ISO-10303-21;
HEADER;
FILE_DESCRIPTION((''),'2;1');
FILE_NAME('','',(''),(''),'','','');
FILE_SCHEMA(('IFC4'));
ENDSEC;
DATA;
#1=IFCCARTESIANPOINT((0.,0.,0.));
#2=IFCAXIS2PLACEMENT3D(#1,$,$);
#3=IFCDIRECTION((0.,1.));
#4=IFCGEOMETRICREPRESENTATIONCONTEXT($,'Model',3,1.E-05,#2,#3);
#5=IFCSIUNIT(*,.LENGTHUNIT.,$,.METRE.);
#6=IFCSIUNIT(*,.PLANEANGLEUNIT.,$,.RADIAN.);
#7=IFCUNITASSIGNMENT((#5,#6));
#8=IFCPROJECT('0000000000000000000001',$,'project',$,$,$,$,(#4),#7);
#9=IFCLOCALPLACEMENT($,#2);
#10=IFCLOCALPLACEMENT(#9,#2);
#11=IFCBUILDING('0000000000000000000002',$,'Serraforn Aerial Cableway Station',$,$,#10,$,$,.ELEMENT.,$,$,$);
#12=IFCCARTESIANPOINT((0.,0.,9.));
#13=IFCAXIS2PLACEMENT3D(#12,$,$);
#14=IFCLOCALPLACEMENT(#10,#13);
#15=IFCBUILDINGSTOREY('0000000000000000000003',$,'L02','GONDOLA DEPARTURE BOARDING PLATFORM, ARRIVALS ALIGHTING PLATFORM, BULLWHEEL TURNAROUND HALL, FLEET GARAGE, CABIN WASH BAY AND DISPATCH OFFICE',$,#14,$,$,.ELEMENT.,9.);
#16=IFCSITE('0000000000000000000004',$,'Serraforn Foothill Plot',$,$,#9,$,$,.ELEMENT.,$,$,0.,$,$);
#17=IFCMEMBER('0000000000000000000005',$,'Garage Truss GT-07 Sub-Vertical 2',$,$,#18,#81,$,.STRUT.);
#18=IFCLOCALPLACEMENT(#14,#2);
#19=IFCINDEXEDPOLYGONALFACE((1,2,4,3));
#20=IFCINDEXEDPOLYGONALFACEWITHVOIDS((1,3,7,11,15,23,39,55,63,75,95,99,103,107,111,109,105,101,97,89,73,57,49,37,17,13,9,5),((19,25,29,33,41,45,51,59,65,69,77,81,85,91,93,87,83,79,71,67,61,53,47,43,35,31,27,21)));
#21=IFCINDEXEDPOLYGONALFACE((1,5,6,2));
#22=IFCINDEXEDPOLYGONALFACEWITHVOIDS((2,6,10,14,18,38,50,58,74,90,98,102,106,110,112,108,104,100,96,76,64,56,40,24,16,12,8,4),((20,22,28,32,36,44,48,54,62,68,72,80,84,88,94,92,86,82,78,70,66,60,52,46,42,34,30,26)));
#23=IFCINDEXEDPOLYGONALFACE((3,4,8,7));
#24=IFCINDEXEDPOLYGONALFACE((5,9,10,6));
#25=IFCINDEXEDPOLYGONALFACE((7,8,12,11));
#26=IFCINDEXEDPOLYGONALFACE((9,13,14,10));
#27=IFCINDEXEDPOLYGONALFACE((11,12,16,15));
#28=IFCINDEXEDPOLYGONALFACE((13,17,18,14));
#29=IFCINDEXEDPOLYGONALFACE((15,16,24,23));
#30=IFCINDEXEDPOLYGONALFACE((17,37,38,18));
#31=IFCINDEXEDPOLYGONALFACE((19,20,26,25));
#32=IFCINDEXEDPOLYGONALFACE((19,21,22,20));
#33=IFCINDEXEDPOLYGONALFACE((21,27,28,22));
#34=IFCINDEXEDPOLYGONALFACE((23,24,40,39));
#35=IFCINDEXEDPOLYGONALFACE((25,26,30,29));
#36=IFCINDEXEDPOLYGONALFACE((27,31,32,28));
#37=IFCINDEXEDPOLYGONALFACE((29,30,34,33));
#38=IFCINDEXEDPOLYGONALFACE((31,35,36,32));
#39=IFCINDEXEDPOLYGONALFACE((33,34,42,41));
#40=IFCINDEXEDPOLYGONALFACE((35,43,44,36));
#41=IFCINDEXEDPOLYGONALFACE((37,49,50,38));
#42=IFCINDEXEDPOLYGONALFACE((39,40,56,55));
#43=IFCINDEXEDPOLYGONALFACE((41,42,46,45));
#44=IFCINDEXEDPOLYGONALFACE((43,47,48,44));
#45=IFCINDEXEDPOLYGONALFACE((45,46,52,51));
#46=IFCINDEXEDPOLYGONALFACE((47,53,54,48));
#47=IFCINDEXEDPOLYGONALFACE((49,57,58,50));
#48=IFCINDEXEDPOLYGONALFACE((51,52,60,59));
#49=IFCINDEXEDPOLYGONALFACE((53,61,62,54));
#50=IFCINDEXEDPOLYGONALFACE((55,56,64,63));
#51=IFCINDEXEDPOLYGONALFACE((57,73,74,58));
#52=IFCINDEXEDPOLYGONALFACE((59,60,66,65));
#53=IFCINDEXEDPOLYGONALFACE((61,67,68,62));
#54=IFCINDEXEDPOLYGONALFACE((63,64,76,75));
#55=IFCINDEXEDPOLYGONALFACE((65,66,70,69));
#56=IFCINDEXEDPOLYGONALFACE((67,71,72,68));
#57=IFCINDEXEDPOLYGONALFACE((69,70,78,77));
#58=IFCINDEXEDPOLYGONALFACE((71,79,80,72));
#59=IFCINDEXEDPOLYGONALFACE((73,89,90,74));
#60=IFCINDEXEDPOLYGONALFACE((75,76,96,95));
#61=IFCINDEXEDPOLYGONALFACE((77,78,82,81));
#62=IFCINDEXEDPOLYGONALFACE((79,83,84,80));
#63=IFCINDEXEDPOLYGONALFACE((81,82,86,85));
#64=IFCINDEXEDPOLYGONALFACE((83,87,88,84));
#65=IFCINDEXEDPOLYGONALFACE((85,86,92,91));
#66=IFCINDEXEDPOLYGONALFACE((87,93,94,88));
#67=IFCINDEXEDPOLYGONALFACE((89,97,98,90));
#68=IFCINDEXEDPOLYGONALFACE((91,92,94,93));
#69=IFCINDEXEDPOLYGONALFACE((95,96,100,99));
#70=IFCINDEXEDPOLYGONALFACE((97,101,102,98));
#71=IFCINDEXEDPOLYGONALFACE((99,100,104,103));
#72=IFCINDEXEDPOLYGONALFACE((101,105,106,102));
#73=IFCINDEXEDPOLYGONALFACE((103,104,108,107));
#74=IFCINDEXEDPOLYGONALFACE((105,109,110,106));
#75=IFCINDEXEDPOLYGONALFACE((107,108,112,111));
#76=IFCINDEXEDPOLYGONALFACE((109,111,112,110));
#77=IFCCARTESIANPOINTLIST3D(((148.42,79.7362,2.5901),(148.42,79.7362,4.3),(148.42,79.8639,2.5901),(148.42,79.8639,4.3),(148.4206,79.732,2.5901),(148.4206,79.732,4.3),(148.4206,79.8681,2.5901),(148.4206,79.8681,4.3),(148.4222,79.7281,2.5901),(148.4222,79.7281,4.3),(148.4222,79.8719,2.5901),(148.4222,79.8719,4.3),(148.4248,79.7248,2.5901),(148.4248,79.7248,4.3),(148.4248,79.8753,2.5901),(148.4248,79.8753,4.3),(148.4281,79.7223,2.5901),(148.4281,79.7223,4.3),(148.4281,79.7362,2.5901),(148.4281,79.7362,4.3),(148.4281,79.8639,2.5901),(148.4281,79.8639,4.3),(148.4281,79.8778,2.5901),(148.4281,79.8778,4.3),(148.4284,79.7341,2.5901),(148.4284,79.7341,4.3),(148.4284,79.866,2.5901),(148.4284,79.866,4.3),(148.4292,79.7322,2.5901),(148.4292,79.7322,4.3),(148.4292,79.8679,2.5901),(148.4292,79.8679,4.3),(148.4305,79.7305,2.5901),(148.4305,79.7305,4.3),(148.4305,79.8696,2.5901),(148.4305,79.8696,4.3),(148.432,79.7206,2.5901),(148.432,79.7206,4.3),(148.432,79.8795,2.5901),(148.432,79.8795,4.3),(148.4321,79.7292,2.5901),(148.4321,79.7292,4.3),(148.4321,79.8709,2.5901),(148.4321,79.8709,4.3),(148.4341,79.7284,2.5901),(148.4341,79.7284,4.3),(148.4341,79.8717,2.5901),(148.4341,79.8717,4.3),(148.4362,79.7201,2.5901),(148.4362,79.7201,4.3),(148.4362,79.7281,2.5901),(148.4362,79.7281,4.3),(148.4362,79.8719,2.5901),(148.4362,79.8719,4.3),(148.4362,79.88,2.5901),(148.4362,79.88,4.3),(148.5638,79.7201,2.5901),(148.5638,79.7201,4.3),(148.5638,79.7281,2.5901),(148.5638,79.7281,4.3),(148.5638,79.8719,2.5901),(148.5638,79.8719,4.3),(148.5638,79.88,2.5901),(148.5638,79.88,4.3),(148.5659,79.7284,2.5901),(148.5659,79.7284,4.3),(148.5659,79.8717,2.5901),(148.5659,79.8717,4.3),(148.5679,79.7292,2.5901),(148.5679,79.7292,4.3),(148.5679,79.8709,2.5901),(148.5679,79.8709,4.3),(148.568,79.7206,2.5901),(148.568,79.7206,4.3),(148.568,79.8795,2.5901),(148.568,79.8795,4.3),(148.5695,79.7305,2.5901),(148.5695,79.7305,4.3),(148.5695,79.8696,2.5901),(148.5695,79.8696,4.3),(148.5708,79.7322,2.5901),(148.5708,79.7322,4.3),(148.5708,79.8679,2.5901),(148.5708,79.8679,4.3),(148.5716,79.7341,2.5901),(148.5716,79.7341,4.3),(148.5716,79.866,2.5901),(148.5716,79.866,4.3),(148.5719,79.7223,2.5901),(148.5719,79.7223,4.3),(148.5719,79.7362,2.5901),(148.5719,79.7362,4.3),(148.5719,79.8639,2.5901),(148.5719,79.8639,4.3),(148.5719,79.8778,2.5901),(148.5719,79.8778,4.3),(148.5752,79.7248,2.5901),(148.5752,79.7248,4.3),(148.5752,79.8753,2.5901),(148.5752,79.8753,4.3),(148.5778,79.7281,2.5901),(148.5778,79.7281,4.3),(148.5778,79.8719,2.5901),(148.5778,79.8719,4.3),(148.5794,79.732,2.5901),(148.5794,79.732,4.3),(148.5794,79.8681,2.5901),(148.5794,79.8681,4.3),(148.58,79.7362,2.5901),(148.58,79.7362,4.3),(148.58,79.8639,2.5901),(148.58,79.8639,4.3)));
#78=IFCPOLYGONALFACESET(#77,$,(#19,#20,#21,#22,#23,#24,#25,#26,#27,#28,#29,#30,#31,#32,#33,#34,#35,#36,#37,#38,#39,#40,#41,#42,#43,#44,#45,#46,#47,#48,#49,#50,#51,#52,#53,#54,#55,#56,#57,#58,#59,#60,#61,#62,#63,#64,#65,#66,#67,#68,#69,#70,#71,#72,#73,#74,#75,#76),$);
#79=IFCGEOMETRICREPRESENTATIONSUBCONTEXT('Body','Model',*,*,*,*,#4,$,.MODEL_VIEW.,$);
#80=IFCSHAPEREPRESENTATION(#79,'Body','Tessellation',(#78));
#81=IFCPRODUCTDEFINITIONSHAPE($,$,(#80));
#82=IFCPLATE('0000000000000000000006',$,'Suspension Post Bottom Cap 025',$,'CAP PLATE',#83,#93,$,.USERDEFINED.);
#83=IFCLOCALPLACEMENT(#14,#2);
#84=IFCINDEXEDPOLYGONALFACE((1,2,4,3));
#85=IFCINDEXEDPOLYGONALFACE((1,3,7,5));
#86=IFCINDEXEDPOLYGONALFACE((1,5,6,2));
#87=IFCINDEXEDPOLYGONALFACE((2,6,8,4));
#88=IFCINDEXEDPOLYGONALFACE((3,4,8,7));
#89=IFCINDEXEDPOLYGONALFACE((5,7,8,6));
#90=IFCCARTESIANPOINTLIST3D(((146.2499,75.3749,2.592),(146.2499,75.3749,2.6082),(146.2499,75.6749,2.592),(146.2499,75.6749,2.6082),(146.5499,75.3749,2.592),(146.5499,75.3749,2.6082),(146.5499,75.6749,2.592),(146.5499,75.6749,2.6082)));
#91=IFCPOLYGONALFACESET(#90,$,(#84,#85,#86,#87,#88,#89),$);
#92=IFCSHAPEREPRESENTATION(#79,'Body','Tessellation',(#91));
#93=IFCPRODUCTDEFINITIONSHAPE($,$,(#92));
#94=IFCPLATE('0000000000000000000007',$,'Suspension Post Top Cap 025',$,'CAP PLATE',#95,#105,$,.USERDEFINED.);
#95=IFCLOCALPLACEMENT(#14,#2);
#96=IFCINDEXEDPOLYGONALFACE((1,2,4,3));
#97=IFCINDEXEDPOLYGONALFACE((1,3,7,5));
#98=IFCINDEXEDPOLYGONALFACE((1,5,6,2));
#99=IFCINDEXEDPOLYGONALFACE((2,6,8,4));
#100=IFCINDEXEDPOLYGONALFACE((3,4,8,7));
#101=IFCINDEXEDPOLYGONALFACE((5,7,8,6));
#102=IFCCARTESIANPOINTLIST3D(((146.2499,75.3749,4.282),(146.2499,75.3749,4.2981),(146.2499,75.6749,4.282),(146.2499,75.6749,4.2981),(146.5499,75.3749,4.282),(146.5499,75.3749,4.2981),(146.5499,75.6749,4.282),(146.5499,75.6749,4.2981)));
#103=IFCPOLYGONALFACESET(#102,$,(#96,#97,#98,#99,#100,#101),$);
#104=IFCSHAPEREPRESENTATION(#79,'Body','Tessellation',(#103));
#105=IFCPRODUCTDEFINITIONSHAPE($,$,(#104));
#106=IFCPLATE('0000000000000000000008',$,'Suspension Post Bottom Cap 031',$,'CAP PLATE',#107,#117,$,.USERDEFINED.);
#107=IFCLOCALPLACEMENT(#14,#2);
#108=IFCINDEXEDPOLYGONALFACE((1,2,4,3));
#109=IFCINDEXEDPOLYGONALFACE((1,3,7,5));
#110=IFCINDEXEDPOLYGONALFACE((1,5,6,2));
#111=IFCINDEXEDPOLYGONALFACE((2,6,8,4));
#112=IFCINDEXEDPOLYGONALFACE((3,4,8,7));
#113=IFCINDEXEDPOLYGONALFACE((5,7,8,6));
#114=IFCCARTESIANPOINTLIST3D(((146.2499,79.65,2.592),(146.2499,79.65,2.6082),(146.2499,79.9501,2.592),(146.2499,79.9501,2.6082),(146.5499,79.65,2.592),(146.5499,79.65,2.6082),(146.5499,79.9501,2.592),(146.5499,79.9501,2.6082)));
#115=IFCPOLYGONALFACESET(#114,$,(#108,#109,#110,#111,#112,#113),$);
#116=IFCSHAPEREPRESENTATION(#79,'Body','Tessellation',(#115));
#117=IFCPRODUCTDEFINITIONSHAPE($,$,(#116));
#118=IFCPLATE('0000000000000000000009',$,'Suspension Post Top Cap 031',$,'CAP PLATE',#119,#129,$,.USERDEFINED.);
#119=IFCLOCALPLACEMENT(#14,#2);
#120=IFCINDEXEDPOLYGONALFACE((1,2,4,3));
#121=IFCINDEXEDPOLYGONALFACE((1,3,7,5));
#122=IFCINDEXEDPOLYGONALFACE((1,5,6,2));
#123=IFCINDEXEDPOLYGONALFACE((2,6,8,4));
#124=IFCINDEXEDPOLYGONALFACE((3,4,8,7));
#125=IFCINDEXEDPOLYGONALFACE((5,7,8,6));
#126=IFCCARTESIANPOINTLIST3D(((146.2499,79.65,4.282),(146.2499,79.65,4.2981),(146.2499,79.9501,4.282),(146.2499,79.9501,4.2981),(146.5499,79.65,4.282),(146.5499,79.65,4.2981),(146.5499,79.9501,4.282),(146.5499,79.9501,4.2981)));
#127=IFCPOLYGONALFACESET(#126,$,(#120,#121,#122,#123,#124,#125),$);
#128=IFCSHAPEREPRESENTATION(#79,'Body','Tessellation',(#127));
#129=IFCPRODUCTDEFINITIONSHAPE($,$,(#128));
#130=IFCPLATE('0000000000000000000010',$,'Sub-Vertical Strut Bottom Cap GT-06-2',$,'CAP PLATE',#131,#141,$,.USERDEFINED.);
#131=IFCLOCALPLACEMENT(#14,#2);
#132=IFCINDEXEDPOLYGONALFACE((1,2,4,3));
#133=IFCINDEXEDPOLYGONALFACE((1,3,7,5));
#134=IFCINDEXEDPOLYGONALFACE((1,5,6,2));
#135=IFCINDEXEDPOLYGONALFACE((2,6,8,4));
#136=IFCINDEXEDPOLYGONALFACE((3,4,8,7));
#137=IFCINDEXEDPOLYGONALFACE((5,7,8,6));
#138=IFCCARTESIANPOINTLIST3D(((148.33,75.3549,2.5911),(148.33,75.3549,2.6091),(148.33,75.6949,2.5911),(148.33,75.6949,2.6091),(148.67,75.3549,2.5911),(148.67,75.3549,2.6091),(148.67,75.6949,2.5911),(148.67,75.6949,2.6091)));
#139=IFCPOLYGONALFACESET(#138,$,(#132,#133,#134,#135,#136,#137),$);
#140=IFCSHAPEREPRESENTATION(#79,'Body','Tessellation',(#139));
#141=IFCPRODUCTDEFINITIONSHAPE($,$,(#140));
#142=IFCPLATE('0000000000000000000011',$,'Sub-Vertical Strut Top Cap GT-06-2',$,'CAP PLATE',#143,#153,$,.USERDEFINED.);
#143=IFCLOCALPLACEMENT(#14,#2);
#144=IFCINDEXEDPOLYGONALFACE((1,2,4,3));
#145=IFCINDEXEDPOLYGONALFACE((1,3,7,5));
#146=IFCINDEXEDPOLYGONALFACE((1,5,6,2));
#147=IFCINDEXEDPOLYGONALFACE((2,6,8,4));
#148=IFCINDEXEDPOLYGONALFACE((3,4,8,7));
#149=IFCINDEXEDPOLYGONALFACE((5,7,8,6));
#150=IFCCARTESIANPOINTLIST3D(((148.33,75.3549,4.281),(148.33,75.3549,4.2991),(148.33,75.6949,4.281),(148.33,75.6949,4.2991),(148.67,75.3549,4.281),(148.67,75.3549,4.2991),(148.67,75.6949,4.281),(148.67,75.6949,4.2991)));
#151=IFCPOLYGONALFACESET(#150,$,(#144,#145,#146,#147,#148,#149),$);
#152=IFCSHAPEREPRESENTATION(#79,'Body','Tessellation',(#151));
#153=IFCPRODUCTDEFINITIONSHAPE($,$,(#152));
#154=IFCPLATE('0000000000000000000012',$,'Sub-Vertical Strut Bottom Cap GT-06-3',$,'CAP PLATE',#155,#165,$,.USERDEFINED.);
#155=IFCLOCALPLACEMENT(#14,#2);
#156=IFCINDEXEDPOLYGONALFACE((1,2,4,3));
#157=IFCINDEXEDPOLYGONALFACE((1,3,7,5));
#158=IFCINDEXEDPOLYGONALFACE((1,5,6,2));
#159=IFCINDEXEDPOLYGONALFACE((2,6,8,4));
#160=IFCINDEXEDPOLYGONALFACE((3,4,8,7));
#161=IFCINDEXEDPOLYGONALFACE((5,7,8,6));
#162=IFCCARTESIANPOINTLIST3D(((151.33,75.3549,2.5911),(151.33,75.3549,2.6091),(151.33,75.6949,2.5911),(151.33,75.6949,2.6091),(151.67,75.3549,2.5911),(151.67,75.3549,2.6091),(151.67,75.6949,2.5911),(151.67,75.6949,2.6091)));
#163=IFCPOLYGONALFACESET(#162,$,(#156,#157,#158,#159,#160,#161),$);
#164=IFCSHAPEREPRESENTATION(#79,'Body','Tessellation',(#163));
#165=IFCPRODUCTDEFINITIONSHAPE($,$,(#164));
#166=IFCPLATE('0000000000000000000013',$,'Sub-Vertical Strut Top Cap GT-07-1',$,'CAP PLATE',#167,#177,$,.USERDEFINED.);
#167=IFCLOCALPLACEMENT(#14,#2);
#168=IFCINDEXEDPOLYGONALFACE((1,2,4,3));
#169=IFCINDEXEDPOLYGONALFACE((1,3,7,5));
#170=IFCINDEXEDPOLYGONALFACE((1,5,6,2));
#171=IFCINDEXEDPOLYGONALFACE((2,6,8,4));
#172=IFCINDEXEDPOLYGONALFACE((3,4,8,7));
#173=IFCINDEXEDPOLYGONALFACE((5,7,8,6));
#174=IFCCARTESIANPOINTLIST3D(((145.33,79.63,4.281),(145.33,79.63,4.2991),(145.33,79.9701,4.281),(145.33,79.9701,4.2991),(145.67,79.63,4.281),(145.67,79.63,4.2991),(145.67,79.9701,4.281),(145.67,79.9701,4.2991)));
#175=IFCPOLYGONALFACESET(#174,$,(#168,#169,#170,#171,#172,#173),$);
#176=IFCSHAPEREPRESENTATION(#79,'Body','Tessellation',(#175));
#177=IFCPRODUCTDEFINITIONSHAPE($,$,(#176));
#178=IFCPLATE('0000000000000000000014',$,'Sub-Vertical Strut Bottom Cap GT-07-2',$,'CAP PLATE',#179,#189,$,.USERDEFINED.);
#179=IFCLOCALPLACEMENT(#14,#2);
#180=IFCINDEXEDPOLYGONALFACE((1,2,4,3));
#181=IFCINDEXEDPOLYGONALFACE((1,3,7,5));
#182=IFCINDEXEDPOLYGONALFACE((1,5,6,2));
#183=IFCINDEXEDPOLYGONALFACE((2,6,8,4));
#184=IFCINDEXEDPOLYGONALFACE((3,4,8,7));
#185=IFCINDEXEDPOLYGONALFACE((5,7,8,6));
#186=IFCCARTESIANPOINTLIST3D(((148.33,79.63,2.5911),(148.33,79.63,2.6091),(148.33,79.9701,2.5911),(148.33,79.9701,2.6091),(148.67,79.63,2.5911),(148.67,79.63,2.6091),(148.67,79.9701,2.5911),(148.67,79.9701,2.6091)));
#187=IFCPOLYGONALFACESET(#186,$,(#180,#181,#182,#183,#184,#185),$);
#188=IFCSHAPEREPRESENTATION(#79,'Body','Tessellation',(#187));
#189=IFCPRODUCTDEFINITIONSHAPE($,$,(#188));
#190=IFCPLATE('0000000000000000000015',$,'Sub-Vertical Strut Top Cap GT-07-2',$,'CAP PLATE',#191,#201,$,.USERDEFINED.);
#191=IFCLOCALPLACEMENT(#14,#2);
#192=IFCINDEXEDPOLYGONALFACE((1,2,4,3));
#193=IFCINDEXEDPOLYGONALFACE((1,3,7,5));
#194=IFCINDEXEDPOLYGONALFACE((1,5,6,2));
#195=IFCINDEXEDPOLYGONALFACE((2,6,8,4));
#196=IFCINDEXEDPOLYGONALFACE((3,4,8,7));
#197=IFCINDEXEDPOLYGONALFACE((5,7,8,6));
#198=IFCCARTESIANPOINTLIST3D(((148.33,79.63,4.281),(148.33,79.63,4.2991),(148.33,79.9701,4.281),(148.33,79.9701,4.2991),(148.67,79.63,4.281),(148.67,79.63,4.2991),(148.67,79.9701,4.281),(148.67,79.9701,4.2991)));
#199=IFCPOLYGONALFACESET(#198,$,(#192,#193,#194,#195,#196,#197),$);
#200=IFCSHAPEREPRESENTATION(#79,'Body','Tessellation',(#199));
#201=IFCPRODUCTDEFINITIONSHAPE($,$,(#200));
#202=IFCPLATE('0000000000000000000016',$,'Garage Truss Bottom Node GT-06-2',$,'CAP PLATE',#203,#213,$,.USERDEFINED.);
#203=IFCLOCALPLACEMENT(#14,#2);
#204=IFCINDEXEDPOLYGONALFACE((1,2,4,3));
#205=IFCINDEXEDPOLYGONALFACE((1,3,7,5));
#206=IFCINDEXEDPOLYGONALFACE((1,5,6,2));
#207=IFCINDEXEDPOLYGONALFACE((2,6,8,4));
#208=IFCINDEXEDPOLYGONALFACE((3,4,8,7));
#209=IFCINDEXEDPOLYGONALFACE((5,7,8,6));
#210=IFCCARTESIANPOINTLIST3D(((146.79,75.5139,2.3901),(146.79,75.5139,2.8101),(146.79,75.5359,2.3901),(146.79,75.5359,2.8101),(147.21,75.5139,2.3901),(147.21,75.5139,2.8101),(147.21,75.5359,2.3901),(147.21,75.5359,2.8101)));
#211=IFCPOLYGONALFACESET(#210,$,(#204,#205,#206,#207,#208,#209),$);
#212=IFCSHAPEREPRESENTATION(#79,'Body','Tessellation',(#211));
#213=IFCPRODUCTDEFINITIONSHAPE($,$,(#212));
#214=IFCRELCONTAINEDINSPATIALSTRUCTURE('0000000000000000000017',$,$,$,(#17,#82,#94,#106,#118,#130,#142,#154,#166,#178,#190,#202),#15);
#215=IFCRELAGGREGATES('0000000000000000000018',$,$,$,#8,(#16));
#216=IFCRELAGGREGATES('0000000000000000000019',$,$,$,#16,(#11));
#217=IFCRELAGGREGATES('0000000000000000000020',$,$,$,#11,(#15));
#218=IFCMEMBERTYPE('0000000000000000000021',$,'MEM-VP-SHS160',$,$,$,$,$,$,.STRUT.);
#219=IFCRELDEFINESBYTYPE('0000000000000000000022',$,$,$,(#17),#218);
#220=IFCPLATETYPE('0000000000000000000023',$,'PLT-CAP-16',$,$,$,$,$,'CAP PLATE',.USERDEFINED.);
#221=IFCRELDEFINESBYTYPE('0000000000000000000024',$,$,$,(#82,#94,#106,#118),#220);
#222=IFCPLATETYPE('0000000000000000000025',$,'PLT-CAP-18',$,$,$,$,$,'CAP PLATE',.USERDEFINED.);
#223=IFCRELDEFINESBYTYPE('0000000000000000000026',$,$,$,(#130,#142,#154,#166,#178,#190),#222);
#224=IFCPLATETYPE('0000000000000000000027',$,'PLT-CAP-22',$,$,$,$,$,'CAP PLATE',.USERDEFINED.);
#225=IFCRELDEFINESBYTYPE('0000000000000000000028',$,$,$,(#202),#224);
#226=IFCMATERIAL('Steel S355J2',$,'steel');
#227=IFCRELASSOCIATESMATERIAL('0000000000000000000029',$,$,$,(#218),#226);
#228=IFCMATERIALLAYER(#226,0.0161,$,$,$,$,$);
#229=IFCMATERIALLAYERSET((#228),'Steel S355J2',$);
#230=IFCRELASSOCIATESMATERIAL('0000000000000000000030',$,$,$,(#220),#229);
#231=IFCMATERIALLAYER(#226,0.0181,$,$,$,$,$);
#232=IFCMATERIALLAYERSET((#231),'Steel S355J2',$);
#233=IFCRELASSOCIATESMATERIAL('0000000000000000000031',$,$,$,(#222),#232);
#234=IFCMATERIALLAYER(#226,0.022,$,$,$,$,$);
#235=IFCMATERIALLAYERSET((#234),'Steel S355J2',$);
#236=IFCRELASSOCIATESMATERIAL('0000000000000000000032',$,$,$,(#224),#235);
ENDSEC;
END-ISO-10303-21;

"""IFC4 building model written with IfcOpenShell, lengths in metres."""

from ifc_helpers import new_model, si_unit, direction, frame, origin, origin_2d, place, context, subcontext, project, spatial, rectangle, hollow_rectangle, extrude, material, layer, layer_set, material_profile, profile_set, type_object, element, save


model = new_model("IFC4")

# Units and contexts
model_context = context("Model", 3, precision=1e-05, world=origin(), true_north=direction((0.0, 1.0)))
body_context = subcontext(model_context, "Body", "Model", "MODEL_VIEW")
ifc_project = project(units=[si_unit("LENGTHUNIT", "METRE"), si_unit("PLANEANGLEUNIT", "RADIAN")], contexts=[model_context])

# Site, building, storey
site_placement = place(None, origin())
site = spatial("IfcSite", under=ifc_project, at=site_placement, Name="Serraforn Foothill Plot", CompositionType="ELEMENT", RefElevation=0.0)
building_placement = place(site_placement, origin())
building = spatial("IfcBuilding", under=site, at=building_placement, Name="Serraforn Aerial Cableway Station", CompositionType="ELEMENT")
storey_placement = place(building_placement, frame((0.0, 0.0, 9.0)))
storey = spatial("IfcBuildingStorey", under=building, at=storey_placement, Name="L02", Description="GONDOLA DEPARTURE BOARDING PLATFORM, ARRIVALS ALIGHTING PLATFORM, BULLWHEEL TURNAROUND HALL, FLEET GARAGE, CABIN WASH BAY AND DISPATCH OFFICE", CompositionType="ELEMENT", Elevation=9.0)

# Member
ifc_material_1 = material(Name="Steel S355J2", Category="steel")
ifc_material_profile_1 = material_profile(ifc_material_1, hollow_rectangle(XDim=0.1599, YDim=0.1599, WallThickness=0.0081, InnerFilletRadius=0.0081, OuterFilletRadius=0.0161, at=origin_2d()), Name="SHS 160x160x8.0")
ifc_profile_set_1 = profile_set([ifc_material_profile_1], Name="Steel S355J2")
member_type_1 = type_object("IfcMemberType", Name="MEM-VP-SHS160", PredefinedType="STRUT", material=ifc_profile_set_1)
for number, where, z_axis, x_axis, name in (
    (1, (148.5, 79.8, 2.5901), (0.0, 0.0, 1.0), (1.0, 0.0, 0.0), "Garage Truss GT-07 Sub-Vertical 2"),
):
    element("IfcMember", number, at=place(storey_placement, frame(where, z_axis=z_axis, x_axis=x_axis)), inside=storey, type_object=member_type_1, Name=name, PredefinedType="STRUT", context=body_context, shape_type="SweptSolid", body=[
        extrude(hollow_rectangle(XDim=0.1599, YDim=0.1599, WallThickness=0.0081, InnerFilletRadius=0.0081, OuterFilletRadius=0.0161, at=origin_2d()), origin(), (0.0, 0.0, 1.0), 1.71),
    ])

# Plates
ifc_layer_1 = layer(ifc_material_1, 0.0161)
ifc_layer_set_1 = layer_set([ifc_layer_1], Name="Steel S355J2")
plate_type_1 = type_object("IfcPlateType", Name="PLT-CAP-16", ElementType="CAP PLATE", PredefinedType="USERDEFINED", material=ifc_layer_set_1)
for number, where, z_axis, x_axis, name in (
    (2, (146.3999, 75.5249, 2.592), (0.0, 0.0, 1.0), (1.0, 0.0, 0.0), "Suspension Post Bottom Cap 025"),
    (3, (146.3999, 75.5249, 4.282), (0.0, 0.0, 1.0), (1.0, 0.0, 0.0), "Suspension Post Top Cap 025"),
    (4, (146.3999, 79.8, 2.592), (0.0, 0.0, 1.0), (1.0, 0.0, 0.0), "Suspension Post Bottom Cap 031"),
    (5, (146.3999, 79.8, 4.282), (0.0, 0.0, 1.0), (1.0, 0.0, 0.0), "Suspension Post Top Cap 031"),
):
    element("IfcPlate", number, at=place(storey_placement, frame(where, z_axis=z_axis, x_axis=x_axis)), inside=storey, type_object=plate_type_1, Name=name, ObjectType="CAP PLATE", PredefinedType="USERDEFINED", context=body_context, shape_type="SweptSolid", body=[
        extrude(rectangle(XDim=0.3, YDim=0.3, at=origin_2d()), origin(), (0.0, 0.0, 1.0), 0.0161),
    ])
ifc_layer_2 = layer(ifc_material_1, 0.0181)
ifc_layer_set_2 = layer_set([ifc_layer_2], Name="Steel S355J2")
plate_type_2 = type_object("IfcPlateType", Name="PLT-CAP-18", ElementType="CAP PLATE", PredefinedType="USERDEFINED", material=ifc_layer_set_2)
for number, where, z_axis, x_axis, name in (
    (6, (148.5, 75.5249, 2.5911), (0.0, 0.0, 1.0), (1.0, 0.0, 0.0), "Sub-Vertical Strut Bottom Cap GT-06-2"),
    (7, (148.5, 75.5249, 4.281), (0.0, 0.0, 1.0), (1.0, 0.0, 0.0), "Sub-Vertical Strut Top Cap GT-06-2"),
    (8, (151.5, 75.5249, 2.5911), (0.0, 0.0, 1.0), (1.0, 0.0, 0.0), "Sub-Vertical Strut Bottom Cap GT-06-3"),
    (9, (145.5, 79.8, 4.281), (0.0, 0.0, 1.0), (1.0, 0.0, 0.0), "Sub-Vertical Strut Top Cap GT-07-1"),
    (10, (148.5, 79.8, 2.5911), (0.0, 0.0, 1.0), (1.0, 0.0, 0.0), "Sub-Vertical Strut Bottom Cap GT-07-2"),
    (11, (148.5, 79.8, 4.281), (0.0, 0.0, 1.0), (1.0, 0.0, 0.0), "Sub-Vertical Strut Top Cap GT-07-2"),
):
    element("IfcPlate", number, at=place(storey_placement, frame(where, z_axis=z_axis, x_axis=x_axis)), inside=storey, type_object=plate_type_2, Name=name, ObjectType="CAP PLATE", PredefinedType="USERDEFINED", context=body_context, shape_type="SweptSolid", body=[
        extrude(rectangle(XDim=0.3401, YDim=0.3401, at=origin_2d()), origin(), (0.0, 0.0, 1.0), 0.0181),
    ])
ifc_layer_3 = layer(ifc_material_1, 0.022)
ifc_layer_set_3 = layer_set([ifc_layer_3], Name="Steel S355J2")
plate_type_3 = type_object("IfcPlateType", Name="PLT-CAP-22", ElementType="CAP PLATE", PredefinedType="USERDEFINED", material=ifc_layer_set_3)
for number, where, z_axis, x_axis, name in (
    (12, (147.0, 75.5249, 2.3901), (0.0, 0.0, 1.0), (1.0, 0.0, 0.0), "Garage Truss Bottom Node GT-06-2"),
):
    element("IfcPlate", number, at=place(storey_placement, frame(where, z_axis=z_axis, x_axis=x_axis)), inside=storey, type_object=plate_type_3, Name=name, ObjectType="CAP PLATE", PredefinedType="USERDEFINED", context=body_context, shape_type="SweptSolid", body=[
        extrude(rectangle(XDim=0.4199, YDim=0.022, at=origin_2d()), origin(), (0.0, 0.0, 1.0), 0.4199),
    ])

save(model, "model.ifc")
